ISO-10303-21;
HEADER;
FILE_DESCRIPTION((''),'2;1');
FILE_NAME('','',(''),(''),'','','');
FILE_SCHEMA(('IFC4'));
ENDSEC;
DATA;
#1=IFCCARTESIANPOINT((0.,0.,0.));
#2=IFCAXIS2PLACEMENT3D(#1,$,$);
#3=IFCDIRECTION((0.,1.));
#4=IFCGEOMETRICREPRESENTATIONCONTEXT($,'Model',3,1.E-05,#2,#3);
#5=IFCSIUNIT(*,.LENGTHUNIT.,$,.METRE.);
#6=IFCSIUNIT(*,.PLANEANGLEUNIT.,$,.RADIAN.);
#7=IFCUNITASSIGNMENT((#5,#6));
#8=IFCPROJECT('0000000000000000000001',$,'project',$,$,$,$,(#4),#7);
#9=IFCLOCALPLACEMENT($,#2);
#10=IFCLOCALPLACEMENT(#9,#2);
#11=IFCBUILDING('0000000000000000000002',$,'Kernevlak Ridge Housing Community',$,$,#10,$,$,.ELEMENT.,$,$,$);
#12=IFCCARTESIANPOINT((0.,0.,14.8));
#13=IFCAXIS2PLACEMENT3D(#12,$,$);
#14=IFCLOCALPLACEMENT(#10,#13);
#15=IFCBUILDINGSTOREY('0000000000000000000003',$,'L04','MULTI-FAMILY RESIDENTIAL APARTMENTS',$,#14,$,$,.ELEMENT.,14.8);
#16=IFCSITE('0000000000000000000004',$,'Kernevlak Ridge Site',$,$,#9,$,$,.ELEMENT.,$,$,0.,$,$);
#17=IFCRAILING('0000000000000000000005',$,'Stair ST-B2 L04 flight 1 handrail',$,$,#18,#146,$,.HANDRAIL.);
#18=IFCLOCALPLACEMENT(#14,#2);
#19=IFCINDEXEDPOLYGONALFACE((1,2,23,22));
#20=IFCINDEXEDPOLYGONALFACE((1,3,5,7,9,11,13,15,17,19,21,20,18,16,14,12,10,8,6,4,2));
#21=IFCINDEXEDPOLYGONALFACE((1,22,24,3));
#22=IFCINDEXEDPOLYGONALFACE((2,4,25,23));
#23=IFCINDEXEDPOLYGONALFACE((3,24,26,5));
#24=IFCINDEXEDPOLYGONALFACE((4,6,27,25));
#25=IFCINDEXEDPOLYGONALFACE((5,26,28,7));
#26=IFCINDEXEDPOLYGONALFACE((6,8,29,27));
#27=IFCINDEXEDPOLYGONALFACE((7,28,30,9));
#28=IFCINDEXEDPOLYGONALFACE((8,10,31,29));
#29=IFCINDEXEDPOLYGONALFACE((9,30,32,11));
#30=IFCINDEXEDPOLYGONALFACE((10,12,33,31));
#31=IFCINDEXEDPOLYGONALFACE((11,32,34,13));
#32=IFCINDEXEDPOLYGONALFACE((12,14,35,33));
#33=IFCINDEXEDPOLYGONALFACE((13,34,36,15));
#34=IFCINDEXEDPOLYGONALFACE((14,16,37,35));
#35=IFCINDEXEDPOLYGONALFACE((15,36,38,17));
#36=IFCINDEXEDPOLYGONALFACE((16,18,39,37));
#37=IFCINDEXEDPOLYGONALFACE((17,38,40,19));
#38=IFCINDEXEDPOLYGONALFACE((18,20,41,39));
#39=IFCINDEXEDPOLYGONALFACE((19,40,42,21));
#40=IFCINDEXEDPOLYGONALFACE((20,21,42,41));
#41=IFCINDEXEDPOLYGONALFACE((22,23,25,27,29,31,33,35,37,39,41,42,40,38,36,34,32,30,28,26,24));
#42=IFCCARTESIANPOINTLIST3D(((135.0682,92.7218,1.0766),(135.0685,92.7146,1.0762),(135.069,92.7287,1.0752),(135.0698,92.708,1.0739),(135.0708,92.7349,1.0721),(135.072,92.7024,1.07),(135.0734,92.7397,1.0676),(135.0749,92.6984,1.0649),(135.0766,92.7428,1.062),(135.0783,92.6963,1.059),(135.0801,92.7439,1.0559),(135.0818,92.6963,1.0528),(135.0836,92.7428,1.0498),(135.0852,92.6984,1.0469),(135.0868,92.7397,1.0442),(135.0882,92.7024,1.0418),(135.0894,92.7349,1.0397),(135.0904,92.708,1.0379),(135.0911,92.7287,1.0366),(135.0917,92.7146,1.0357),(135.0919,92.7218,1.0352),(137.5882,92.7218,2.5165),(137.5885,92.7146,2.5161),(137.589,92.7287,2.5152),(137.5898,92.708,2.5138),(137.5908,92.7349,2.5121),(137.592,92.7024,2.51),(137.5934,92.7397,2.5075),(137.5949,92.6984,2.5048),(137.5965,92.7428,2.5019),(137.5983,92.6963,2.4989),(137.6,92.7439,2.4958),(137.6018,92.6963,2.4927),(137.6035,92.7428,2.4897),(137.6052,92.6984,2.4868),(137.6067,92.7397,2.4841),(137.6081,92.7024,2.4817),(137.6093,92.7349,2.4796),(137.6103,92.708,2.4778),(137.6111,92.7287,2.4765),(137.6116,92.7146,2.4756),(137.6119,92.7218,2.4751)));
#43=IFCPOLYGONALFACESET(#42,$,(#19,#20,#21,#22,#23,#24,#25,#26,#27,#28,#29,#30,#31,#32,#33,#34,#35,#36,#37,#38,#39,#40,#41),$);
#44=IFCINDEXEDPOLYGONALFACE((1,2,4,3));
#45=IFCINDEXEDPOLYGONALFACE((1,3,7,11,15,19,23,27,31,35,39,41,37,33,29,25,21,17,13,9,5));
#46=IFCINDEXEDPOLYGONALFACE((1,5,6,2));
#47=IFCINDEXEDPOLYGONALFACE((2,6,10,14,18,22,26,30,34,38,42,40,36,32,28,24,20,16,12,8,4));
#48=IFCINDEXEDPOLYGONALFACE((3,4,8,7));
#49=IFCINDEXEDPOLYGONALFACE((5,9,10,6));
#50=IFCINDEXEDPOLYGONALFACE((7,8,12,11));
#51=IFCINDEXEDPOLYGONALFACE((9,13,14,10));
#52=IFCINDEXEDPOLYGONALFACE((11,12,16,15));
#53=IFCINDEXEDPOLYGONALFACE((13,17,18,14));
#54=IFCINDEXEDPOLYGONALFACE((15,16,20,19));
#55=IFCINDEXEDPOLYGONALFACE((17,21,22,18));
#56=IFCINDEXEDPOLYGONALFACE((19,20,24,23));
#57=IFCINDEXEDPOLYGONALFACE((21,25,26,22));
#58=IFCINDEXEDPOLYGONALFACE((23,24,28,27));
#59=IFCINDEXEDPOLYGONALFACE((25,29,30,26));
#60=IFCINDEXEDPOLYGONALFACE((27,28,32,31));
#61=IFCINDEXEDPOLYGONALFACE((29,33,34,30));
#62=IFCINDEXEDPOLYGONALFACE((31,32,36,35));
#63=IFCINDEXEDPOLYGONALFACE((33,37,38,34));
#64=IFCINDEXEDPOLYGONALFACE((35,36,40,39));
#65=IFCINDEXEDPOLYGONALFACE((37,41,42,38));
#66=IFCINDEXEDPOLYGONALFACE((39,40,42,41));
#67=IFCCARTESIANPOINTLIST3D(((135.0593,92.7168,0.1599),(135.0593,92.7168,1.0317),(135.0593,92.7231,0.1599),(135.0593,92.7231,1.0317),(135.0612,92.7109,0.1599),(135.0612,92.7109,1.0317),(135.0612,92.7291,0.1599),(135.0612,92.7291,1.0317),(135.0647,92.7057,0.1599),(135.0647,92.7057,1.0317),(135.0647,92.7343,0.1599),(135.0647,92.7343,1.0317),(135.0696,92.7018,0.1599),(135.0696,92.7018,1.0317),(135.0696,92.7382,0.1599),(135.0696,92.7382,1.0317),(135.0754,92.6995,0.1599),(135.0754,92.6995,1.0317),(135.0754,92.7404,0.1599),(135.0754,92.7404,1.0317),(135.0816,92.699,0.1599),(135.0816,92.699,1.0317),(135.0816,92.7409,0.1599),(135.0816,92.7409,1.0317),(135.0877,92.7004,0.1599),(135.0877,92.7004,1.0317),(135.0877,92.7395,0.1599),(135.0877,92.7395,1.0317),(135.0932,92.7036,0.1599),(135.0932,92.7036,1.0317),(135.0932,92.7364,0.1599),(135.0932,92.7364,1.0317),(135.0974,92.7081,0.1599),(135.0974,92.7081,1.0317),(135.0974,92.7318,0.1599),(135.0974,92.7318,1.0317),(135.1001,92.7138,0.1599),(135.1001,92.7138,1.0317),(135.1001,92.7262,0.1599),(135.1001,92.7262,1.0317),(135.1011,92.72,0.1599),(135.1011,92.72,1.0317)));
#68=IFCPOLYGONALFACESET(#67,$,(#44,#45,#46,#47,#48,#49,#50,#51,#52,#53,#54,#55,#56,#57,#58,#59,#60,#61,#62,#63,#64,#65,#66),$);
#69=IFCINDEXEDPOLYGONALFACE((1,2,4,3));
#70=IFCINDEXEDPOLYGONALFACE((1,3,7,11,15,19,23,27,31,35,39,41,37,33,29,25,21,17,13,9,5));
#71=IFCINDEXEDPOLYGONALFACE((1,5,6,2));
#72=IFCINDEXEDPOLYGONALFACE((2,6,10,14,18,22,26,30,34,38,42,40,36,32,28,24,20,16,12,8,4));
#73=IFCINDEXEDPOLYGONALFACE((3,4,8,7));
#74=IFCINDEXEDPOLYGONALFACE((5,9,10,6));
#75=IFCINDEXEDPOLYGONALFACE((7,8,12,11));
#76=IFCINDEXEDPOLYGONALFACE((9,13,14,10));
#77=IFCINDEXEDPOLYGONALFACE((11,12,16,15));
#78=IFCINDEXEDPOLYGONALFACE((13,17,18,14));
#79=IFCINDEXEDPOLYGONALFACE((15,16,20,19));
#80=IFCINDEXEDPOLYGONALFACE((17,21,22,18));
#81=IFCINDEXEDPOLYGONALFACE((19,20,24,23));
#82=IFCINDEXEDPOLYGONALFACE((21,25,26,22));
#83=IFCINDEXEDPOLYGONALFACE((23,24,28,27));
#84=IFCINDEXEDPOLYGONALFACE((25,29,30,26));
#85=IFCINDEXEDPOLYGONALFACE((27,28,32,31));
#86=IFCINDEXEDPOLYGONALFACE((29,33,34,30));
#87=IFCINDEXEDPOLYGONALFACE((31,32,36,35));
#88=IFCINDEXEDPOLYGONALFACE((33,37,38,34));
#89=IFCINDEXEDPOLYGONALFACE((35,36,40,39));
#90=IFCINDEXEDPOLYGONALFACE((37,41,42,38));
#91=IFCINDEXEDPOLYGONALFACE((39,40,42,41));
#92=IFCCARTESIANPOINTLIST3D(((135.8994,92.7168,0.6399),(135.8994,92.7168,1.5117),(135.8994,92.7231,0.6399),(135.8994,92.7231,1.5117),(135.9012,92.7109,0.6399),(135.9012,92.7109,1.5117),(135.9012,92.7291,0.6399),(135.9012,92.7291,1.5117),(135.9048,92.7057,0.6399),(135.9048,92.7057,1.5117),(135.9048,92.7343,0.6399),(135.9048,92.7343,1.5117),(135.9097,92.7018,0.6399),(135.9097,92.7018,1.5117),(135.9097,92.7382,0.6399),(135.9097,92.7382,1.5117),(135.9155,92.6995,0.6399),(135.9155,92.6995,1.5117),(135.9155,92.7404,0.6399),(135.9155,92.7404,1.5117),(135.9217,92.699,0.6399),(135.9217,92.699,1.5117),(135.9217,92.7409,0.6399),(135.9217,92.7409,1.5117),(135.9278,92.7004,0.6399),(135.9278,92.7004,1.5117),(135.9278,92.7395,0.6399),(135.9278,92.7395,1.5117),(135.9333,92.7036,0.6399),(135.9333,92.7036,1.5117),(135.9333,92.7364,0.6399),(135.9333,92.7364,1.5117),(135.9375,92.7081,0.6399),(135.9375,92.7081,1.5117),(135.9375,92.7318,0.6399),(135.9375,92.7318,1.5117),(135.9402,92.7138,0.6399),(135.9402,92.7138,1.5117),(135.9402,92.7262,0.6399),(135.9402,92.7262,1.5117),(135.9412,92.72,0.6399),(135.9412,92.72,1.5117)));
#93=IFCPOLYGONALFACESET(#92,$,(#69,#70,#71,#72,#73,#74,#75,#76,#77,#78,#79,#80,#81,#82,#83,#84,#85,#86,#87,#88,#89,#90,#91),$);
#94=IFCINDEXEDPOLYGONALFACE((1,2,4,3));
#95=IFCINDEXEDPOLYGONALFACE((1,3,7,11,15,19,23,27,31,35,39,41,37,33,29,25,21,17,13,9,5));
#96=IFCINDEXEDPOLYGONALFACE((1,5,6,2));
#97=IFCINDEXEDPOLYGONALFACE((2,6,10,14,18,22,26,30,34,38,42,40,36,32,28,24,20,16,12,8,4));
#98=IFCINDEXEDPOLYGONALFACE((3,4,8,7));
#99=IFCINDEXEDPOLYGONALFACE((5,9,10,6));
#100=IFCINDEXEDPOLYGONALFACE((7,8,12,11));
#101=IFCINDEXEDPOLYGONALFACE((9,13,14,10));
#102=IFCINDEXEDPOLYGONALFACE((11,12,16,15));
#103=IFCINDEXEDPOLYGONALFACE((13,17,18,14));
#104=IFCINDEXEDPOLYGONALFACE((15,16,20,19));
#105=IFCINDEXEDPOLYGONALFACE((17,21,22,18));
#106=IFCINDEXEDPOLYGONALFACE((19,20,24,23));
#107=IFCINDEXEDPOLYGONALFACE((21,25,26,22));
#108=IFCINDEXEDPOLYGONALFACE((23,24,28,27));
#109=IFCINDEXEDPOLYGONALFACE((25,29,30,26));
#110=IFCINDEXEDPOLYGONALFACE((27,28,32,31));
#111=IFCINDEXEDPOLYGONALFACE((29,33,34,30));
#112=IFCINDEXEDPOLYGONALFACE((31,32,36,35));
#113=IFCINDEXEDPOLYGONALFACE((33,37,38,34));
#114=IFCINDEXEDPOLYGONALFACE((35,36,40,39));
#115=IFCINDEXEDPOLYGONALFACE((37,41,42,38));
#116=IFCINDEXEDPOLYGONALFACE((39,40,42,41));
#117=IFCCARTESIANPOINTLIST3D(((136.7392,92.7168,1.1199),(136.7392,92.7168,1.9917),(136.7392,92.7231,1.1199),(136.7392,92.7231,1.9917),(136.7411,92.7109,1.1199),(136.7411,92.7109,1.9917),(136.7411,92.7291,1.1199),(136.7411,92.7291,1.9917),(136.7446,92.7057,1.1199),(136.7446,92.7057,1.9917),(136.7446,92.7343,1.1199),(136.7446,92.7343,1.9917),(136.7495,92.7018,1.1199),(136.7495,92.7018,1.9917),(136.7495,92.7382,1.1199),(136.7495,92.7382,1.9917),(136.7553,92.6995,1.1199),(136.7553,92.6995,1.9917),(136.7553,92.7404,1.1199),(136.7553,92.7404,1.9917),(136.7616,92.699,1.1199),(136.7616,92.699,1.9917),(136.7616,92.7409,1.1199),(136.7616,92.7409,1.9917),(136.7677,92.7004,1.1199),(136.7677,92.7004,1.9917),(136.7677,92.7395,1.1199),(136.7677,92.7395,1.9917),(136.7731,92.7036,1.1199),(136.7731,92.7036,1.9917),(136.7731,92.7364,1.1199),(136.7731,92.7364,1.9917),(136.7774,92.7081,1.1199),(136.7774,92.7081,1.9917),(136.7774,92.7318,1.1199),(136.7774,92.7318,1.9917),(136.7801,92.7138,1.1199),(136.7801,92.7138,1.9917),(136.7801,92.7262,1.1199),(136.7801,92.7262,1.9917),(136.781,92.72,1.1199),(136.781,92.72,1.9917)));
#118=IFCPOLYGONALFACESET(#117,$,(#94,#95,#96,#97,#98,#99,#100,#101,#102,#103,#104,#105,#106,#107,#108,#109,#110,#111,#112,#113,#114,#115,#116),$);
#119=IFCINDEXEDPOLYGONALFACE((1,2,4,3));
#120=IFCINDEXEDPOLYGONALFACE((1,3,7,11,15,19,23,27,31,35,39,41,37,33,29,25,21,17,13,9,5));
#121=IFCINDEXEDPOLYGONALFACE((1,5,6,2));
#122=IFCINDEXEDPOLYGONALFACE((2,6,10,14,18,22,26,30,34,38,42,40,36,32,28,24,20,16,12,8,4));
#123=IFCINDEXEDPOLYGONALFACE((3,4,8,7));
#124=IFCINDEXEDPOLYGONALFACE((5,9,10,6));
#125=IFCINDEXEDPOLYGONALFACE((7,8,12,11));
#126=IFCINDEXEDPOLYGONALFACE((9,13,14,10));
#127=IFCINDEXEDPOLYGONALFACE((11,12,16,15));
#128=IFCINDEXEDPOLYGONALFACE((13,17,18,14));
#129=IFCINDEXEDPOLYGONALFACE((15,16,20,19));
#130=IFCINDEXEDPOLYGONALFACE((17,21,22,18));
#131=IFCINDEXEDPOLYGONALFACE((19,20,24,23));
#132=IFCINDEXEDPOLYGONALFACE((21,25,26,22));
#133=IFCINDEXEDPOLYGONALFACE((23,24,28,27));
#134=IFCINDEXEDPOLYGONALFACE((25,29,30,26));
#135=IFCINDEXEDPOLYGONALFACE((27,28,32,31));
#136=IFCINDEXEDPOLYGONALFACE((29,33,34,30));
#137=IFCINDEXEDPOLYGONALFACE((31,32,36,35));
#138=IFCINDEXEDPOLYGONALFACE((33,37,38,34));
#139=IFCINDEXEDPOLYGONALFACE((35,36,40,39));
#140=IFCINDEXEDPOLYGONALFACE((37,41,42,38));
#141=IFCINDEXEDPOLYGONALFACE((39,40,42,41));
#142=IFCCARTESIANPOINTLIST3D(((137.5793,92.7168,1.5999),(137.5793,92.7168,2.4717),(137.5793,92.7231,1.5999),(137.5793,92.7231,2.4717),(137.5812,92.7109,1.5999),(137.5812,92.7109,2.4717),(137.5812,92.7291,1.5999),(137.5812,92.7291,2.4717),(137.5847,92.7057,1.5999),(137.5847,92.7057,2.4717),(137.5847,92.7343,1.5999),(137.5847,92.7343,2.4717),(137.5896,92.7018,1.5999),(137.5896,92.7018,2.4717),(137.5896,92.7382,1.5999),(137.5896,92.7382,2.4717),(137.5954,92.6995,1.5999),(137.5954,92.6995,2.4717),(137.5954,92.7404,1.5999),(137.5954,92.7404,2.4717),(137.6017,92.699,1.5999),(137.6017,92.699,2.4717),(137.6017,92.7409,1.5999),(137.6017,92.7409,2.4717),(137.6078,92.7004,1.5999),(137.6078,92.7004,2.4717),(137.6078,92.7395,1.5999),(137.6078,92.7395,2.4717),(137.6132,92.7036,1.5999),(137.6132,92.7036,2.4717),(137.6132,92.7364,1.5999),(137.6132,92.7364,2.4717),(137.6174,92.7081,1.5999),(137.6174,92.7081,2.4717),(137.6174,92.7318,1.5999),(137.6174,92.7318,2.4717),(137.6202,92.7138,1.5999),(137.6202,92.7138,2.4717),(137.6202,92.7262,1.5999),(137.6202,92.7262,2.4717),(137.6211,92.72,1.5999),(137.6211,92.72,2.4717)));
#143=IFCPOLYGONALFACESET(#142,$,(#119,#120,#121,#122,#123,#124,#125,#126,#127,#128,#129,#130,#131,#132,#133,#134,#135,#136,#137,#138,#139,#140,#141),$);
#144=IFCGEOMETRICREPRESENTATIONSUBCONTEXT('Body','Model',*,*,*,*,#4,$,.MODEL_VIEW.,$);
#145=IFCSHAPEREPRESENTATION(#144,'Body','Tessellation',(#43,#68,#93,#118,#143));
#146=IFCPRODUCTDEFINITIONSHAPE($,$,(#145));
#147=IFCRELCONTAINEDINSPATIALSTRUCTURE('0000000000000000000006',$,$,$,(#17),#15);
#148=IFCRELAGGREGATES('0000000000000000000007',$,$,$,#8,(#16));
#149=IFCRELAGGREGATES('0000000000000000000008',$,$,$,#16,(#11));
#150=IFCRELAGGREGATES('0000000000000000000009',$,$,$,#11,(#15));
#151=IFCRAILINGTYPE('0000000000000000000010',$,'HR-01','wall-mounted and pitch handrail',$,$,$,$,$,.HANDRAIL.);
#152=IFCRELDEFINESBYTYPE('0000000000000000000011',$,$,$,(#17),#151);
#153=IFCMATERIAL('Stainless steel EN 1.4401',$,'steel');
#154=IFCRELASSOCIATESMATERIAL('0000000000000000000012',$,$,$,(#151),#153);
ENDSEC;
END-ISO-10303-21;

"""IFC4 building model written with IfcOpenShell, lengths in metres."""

from ifc_helpers import new_model, si_unit, direction, frame, origin, origin_2d, place, context, subcontext, project, spatial, circle, extrude, material, type_object, element, save


model = new_model("IFC4")

# Units and contexts
model_context = context("Model", 3, precision=1e-05, world=origin(), true_north=direction((0.0, 1.0)))
body_context = subcontext(model_context, "Body", "Model", "MODEL_VIEW")
ifc_project = project(units=[si_unit("LENGTHUNIT", "METRE"), si_unit("PLANEANGLEUNIT", "RADIAN")], contexts=[model_context])

# Site, building, storey
site_placement = place(None, origin())
site = spatial("IfcSite", under=ifc_project, at=site_placement, Name="Kernevlak Ridge Site", CompositionType="ELEMENT", RefElevation=0.0)
building_placement = place(site_placement, origin())
building = spatial("IfcBuilding", under=site, at=building_placement, Name="Kernevlak Ridge Housing Community", CompositionType="ELEMENT")
storey_placement = place(building_placement, frame((0.0, 0.0, 14.8)))
storey = spatial("IfcBuildingStorey", under=building, at=storey_placement, Name="L04", Description="MULTI-FAMILY RESIDENTIAL APARTMENTS", CompositionType="ELEMENT", Elevation=14.8)

# Railing
ifc_material_1 = material(Name="Stainless steel EN 1.4401", Category="steel")
railing_type_1 = type_object("IfcRailingType", Name="HR-01", Description="wall-mounted and pitch handrail", PredefinedType="HANDRAIL", material=ifc_material_1)
railing_1_placement = place(storey_placement, frame((135.0801, 92.72, 0.1599)))
element("IfcRailing", 1, at=railing_1_placement, inside=storey, type_object=railing_type_1, Name="Stair ST-B2 L04 flight 1 handrail", PredefinedType="HANDRAIL", context=body_context, shape_type="SweptSolid", body=[
    extrude(circle(Radius=0.0239, at=origin_2d()), frame((0.0, 0.0, 0.896), z_axis=(0.868253, 0.0, 0.496121), x_axis=(0.0, 1.0, 0.0)), (0.0, 0.0, 1.0), 2.9023),
    extrude(circle(Radius=0.021, at=origin_2d()), origin(), (0.0, 0.0, 1.0), 0.8718),
    extrude(circle(Radius=0.021, at=origin_2d()), frame((0.8401, 0.0, 0.48)), (0.0, 0.0, 1.0), 0.8718),
    extrude(circle(Radius=0.021, at=origin_2d()), frame((1.6799, 0.0, 0.96)), (0.0, 0.0, 1.0), 0.8718),
    extrude(circle(Radius=0.021, at=origin_2d()), frame((2.52, 0.0, 1.4399)), (0.0, 0.0, 1.0), 0.8718),
])

save(model, "model.ifc")
